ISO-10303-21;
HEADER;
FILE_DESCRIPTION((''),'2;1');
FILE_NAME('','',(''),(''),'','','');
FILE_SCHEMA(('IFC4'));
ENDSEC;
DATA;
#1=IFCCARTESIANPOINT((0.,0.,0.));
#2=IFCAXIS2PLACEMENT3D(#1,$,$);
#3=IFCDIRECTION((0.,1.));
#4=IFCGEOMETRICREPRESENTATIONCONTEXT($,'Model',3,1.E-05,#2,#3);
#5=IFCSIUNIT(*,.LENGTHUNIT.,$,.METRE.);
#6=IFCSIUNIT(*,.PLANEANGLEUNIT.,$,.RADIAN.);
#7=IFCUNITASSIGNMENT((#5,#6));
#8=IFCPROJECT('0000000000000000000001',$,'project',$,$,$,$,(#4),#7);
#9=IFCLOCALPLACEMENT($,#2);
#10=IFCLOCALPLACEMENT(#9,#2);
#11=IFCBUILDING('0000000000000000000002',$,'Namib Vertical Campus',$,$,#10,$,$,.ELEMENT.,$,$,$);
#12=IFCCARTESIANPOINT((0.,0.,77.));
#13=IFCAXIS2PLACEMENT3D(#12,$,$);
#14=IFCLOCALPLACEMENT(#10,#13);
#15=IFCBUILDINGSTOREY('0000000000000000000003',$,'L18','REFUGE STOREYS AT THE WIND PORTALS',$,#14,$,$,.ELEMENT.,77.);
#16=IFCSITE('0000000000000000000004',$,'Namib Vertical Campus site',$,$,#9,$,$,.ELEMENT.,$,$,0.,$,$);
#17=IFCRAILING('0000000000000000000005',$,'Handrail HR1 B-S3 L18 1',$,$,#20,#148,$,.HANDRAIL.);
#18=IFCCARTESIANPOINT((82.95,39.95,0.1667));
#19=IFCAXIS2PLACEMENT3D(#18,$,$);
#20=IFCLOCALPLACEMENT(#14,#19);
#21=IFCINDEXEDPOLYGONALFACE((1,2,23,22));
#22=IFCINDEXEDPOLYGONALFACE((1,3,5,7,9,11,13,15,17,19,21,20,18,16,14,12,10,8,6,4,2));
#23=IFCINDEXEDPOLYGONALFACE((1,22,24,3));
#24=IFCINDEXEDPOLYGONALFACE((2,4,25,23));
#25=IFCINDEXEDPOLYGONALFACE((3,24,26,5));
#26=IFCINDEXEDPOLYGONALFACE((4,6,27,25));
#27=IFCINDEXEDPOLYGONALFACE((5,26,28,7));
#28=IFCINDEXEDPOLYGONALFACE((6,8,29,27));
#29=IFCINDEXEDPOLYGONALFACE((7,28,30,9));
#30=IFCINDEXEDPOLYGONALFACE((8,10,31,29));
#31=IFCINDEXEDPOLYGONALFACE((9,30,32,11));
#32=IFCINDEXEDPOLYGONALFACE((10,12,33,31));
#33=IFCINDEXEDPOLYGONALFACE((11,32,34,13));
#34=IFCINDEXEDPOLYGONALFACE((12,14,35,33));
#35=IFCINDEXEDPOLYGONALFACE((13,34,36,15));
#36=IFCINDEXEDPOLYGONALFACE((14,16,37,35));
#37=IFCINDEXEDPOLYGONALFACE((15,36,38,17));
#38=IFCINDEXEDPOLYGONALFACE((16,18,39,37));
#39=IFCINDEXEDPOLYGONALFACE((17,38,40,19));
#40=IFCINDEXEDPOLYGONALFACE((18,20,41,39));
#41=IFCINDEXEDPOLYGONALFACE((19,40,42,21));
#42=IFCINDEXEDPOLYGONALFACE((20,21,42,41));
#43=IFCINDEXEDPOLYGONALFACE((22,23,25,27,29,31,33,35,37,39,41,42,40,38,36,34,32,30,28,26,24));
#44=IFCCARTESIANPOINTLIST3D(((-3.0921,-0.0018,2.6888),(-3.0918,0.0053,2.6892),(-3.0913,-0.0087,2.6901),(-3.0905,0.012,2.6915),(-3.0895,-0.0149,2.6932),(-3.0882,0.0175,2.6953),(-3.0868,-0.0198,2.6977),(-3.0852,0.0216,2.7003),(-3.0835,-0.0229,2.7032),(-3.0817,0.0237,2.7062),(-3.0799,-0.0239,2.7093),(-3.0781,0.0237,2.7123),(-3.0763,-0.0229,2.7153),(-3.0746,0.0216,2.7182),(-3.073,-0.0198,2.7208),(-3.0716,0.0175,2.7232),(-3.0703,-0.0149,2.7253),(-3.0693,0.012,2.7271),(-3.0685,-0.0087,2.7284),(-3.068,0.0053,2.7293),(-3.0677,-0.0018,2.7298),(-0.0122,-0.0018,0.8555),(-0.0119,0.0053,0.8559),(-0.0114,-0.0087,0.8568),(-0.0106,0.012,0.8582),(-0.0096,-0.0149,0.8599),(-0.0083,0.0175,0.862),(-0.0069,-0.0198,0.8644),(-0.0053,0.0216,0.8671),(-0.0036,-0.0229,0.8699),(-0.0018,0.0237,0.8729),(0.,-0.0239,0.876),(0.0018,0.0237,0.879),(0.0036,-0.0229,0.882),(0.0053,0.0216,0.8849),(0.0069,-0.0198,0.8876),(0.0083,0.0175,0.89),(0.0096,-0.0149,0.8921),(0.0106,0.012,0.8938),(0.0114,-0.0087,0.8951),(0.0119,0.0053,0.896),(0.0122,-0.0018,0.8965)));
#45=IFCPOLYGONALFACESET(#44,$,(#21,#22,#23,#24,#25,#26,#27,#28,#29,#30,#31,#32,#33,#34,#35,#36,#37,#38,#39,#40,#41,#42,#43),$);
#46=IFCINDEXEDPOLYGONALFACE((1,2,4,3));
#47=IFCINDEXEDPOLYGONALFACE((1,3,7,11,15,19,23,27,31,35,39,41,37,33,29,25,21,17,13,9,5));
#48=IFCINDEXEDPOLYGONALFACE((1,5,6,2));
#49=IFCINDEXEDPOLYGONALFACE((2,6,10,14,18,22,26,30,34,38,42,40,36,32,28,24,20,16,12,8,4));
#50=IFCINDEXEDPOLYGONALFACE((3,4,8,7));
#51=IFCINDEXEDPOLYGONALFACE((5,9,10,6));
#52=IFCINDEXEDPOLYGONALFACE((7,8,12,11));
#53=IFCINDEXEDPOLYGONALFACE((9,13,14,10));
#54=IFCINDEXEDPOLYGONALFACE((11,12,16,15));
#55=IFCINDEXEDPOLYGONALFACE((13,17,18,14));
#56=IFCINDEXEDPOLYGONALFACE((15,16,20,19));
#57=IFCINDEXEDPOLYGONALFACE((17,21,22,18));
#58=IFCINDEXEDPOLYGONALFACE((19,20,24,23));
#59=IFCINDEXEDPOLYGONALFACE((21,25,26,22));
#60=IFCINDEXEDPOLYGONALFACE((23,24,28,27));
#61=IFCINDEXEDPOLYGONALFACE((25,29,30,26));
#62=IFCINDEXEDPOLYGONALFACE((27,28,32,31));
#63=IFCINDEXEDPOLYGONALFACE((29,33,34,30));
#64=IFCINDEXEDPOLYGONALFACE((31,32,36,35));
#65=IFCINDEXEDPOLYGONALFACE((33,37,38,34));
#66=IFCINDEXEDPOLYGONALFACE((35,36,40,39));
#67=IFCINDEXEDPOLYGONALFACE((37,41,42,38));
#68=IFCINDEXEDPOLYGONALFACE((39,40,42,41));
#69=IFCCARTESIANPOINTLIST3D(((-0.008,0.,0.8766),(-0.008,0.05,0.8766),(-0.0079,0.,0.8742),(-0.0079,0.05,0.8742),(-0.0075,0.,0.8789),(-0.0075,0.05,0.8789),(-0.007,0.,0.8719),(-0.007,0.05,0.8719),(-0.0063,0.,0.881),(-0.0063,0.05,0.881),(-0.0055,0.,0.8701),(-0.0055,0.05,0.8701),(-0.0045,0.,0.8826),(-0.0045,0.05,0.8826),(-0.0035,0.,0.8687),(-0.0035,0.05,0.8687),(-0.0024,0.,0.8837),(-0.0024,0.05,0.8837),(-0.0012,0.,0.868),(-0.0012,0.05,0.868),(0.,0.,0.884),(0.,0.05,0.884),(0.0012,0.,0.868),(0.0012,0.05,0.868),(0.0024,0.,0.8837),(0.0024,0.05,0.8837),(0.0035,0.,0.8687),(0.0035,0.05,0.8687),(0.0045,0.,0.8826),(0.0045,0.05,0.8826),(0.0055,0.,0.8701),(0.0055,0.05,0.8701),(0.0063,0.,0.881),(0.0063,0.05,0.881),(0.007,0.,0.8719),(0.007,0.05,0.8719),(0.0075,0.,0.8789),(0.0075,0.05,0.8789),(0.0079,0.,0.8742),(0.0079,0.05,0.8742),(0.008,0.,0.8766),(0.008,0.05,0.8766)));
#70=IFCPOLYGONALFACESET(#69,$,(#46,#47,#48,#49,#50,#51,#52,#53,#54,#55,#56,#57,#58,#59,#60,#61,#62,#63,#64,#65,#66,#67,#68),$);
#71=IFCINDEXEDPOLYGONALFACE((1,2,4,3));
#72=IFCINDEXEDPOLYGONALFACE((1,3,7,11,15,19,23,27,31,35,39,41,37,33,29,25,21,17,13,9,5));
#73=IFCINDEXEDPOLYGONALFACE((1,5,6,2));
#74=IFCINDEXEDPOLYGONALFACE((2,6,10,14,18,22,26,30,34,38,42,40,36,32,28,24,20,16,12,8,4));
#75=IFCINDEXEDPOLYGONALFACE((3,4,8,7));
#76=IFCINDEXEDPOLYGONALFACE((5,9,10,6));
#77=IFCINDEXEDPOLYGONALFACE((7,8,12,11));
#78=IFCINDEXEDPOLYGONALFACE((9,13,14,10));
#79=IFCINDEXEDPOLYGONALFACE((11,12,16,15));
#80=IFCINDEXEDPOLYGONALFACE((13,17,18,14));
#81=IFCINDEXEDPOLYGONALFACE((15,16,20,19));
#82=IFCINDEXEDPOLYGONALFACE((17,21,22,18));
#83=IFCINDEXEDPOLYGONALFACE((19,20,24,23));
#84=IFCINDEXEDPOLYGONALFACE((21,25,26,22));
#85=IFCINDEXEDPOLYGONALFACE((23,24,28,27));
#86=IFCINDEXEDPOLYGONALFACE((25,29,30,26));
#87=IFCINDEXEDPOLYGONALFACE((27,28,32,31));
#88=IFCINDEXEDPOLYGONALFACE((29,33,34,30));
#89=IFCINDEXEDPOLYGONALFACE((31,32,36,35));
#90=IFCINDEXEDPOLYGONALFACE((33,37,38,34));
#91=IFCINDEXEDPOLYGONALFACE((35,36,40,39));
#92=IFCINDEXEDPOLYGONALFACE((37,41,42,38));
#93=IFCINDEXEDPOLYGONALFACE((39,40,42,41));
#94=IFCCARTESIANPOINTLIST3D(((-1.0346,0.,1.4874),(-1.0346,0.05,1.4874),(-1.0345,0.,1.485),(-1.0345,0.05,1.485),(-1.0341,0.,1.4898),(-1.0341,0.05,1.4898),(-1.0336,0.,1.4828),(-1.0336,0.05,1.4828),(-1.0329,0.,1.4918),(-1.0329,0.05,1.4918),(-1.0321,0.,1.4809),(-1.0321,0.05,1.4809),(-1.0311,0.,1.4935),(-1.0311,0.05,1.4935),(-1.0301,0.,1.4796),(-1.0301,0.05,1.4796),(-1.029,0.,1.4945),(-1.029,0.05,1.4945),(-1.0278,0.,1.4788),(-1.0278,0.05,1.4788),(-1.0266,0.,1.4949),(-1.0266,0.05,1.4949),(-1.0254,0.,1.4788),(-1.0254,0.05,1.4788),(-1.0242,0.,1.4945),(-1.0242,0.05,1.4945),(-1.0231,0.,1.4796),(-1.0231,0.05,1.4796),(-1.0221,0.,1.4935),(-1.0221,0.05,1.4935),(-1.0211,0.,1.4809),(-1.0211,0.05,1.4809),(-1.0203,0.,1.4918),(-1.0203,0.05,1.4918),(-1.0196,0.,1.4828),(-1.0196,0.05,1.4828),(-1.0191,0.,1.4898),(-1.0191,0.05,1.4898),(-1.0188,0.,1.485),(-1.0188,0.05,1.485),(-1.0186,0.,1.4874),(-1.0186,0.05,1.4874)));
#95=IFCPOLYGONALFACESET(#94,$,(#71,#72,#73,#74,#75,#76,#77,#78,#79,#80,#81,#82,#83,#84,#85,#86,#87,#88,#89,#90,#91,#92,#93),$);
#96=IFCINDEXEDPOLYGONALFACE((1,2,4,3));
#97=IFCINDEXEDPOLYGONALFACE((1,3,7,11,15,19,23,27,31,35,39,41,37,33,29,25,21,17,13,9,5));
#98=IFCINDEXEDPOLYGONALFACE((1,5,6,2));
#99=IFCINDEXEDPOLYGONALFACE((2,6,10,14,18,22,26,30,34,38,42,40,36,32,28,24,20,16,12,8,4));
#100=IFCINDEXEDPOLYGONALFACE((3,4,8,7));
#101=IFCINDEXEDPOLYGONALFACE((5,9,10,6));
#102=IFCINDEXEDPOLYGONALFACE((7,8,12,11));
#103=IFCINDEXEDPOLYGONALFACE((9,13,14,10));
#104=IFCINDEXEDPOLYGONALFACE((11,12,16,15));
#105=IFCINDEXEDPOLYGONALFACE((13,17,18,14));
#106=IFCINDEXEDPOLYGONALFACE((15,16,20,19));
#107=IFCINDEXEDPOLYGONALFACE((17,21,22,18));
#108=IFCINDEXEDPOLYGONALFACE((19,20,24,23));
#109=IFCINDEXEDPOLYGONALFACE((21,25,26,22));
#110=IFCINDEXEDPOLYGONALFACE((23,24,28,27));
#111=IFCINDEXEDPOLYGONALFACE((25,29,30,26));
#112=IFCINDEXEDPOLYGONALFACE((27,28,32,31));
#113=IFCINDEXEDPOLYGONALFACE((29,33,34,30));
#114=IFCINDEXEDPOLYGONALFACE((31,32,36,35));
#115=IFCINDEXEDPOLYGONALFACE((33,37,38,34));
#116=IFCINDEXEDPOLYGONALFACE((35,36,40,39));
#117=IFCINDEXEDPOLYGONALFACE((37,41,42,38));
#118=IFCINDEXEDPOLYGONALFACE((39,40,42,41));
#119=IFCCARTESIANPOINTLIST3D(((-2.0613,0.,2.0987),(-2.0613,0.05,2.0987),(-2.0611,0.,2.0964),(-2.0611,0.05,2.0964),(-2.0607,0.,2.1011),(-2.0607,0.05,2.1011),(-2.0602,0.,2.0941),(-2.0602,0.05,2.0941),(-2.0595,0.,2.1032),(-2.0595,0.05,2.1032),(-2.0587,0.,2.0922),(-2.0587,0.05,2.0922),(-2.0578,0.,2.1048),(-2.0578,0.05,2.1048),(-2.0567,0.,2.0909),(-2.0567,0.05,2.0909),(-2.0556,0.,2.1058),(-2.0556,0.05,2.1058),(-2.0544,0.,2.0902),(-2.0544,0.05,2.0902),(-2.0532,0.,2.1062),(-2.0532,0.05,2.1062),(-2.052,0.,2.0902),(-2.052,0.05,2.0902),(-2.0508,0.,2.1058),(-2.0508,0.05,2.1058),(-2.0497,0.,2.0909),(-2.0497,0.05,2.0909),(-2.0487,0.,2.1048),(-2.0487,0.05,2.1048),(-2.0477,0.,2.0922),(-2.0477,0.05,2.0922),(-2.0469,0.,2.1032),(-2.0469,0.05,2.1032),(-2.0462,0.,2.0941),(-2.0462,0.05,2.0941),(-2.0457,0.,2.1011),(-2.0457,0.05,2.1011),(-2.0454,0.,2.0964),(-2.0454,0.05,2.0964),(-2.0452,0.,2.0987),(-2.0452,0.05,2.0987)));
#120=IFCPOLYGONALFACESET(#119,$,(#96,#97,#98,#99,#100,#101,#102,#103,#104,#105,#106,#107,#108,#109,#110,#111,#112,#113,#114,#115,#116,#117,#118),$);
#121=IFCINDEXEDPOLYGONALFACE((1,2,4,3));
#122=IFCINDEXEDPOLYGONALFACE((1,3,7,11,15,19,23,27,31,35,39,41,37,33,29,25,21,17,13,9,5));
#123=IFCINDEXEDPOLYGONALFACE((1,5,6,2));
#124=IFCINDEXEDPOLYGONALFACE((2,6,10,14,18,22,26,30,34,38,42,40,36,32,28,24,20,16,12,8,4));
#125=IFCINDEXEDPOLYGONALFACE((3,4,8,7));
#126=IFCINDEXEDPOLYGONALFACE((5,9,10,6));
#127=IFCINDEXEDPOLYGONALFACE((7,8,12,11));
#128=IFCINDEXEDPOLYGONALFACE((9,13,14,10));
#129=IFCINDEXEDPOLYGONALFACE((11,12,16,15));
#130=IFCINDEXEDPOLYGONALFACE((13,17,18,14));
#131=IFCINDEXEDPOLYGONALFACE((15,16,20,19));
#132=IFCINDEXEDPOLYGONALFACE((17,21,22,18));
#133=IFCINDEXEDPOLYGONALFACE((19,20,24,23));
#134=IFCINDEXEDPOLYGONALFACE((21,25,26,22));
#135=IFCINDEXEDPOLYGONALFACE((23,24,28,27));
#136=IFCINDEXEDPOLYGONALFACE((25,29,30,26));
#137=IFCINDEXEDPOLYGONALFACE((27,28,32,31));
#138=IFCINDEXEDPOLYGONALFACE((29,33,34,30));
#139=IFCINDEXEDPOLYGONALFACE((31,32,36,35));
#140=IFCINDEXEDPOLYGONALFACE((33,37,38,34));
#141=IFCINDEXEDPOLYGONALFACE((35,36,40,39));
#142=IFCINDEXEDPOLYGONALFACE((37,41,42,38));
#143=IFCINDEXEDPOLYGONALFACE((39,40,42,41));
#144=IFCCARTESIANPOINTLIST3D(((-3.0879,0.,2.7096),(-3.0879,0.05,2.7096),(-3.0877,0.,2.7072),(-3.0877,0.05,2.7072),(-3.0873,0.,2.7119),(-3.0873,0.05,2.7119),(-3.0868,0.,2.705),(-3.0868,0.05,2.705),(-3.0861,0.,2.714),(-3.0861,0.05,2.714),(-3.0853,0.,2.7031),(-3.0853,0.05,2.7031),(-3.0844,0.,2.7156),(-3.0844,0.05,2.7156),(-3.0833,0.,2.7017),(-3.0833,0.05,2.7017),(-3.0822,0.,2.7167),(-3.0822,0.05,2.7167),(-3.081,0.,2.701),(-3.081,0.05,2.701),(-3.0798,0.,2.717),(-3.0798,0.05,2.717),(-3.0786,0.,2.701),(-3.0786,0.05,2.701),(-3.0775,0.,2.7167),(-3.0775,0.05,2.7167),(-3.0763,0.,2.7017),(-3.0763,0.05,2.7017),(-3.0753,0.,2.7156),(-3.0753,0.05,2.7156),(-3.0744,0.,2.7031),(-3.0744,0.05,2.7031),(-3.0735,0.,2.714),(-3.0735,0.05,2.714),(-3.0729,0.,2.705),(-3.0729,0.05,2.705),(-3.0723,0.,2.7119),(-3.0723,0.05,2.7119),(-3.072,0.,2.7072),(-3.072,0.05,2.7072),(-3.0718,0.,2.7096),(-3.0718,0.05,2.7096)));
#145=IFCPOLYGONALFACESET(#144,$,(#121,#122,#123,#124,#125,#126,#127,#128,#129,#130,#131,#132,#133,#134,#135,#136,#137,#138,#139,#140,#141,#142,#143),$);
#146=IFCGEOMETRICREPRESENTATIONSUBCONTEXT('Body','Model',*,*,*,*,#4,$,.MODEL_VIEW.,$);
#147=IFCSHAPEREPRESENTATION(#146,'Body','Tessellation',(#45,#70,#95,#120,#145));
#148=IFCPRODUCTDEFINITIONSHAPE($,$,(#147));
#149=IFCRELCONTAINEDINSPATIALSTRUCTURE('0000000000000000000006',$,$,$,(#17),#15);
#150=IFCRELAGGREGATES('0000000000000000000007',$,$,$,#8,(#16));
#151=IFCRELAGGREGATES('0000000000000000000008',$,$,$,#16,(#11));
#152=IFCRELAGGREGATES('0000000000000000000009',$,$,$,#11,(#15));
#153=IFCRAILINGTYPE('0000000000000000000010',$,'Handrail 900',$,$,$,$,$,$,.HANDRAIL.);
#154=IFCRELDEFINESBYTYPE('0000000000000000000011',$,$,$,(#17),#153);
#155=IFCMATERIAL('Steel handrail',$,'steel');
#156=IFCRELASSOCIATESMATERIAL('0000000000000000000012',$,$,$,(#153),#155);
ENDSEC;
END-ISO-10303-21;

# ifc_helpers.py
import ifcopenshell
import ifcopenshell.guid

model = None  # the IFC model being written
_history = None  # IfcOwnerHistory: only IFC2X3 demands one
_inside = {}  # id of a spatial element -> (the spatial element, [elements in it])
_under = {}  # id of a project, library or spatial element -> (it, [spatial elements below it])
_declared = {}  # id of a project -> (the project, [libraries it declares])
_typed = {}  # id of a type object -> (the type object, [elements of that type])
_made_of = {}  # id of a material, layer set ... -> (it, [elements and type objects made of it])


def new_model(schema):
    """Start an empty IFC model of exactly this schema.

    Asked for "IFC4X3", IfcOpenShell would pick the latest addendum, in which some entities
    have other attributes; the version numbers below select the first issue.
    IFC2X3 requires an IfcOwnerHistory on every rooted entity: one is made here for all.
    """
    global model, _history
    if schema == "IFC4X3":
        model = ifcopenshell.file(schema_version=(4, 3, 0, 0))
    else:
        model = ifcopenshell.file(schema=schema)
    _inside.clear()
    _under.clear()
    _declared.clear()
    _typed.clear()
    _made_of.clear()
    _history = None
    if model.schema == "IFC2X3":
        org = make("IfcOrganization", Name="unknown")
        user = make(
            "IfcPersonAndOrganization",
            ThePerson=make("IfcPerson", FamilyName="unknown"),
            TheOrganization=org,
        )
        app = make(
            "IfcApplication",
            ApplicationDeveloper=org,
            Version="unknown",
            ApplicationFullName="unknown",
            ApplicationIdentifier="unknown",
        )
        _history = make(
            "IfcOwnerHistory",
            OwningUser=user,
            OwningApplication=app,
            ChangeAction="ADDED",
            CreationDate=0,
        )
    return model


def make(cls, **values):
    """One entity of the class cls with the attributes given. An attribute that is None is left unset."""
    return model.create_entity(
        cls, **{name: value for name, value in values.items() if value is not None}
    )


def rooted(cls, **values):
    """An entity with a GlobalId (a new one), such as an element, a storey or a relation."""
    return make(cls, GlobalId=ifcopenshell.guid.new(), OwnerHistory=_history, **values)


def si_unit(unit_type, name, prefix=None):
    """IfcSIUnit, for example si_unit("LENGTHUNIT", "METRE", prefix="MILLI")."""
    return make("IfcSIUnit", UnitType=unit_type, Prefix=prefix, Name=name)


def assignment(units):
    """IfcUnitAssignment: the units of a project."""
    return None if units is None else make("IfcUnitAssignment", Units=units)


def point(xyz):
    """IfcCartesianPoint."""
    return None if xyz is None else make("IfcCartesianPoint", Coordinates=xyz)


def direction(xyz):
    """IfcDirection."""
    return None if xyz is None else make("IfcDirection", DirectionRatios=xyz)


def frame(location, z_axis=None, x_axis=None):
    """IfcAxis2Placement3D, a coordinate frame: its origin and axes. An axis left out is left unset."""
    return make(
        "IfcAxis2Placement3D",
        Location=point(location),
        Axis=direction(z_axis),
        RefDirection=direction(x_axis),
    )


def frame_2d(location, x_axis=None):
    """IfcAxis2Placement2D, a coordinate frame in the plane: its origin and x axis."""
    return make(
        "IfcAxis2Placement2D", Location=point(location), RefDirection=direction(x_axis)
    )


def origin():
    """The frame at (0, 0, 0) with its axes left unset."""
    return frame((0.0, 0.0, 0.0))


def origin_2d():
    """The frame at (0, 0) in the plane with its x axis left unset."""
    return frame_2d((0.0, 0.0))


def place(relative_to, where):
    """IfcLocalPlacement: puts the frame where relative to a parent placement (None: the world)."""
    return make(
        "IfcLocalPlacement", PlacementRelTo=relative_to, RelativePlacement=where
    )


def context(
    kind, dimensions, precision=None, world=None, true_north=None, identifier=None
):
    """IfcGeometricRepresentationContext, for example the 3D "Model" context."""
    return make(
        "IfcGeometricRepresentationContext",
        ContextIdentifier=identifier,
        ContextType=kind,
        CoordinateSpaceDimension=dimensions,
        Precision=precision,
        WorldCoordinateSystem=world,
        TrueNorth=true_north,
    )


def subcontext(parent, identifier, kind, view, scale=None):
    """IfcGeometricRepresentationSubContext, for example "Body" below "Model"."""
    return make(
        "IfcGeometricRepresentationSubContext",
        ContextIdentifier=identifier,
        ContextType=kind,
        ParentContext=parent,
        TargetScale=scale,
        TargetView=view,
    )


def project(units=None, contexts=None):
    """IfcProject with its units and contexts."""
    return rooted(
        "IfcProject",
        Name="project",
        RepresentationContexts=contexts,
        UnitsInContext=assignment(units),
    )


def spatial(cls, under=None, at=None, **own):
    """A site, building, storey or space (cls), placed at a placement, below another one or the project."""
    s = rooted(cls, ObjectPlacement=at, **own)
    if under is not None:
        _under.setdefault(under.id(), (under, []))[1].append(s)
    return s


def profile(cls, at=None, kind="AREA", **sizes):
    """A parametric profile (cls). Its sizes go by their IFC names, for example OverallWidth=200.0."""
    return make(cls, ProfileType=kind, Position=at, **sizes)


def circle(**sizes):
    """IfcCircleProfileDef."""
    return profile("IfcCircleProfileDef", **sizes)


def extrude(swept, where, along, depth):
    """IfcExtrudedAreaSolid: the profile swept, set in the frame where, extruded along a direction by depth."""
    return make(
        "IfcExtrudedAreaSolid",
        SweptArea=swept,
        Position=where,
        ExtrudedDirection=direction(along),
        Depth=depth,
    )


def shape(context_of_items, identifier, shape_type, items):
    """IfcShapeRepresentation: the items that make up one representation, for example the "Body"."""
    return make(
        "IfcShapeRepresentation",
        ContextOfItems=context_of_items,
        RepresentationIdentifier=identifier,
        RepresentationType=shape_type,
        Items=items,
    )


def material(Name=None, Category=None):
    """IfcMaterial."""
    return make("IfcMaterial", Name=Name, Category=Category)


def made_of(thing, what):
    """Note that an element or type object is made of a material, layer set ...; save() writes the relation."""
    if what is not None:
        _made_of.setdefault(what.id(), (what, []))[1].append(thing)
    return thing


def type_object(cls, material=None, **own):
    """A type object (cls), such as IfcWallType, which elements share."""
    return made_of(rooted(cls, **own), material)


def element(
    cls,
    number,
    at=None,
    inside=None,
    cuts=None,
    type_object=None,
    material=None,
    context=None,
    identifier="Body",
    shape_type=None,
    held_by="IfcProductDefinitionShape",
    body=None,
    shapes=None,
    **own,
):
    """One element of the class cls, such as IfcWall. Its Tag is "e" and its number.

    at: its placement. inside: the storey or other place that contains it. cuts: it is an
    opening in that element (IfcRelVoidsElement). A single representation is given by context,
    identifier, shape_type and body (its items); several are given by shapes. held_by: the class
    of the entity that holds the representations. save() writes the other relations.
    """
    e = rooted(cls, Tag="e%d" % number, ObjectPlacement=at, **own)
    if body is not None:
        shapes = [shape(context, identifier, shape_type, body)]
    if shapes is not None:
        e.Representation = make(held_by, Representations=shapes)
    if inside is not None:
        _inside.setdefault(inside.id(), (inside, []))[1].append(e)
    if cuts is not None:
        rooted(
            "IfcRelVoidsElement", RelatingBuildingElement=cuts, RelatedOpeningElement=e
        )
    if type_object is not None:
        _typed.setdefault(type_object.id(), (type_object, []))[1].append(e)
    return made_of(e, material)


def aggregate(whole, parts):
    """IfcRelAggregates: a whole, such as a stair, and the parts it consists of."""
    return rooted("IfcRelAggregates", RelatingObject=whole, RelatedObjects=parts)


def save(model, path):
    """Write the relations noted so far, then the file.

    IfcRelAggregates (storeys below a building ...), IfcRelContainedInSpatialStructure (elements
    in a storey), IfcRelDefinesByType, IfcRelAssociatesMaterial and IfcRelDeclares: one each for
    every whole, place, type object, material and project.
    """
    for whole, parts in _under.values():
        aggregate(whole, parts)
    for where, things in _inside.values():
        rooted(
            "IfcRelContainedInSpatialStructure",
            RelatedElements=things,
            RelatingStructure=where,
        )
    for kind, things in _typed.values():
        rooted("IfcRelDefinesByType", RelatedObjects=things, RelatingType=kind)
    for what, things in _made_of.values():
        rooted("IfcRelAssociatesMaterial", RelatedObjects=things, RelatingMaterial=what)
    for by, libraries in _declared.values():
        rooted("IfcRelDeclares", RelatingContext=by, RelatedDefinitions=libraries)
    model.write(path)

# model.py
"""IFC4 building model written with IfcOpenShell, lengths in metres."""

from ifc_helpers import new_model, si_unit, direction, frame, origin, origin_2d, place, context, subcontext, project, spatial, circle, extrude, material, type_object, element, save


model = new_model("IFC4")

# Units and contexts
model_context = context("Model", 3, precision=1e-05, world=origin(), true_north=direction((0.0, 1.0)))
body_context = subcontext(model_context, "Body", "Model", "MODEL_VIEW")
ifc_project = project(units=[si_unit("LENGTHUNIT", "METRE"), si_unit("PLANEANGLEUNIT", "RADIAN")], contexts=[model_context])

# Site, building, storey
site_placement = place(None, origin())
site = spatial("IfcSite", under=ifc_project, at=site_placement, Name="Namib Vertical Campus site", CompositionType="ELEMENT", RefElevation=0.0)
building_placement = place(site_placement, origin())
building = spatial("IfcBuilding", under=site, at=building_placement, Name="Namib Vertical Campus", CompositionType="ELEMENT")
storey_placement = place(building_placement, frame((0.0, 0.0, 77.0)))
storey = spatial("IfcBuildingStorey", under=building, at=storey_placement, Name="L18", Description="REFUGE STOREYS AT THE WIND PORTALS", CompositionType="ELEMENT", Elevation=77.0)

# Railing
ifc_material_1 = material(Name="Steel handrail", Category="steel")
railing_type_1 = type_object("IfcRailingType", Name="Handrail 900", PredefinedType="HANDRAIL", material=ifc_material_1)
railing_1_placement = place(storey_placement, frame((82.95, 39.95, 0.1667)))
element("IfcRailing", 1, at=railing_1_placement, inside=storey, type_object=railing_type_1, Name="Handrail HR1 B-S3 L18 1", PredefinedType="HANDRAIL", context=body_context, shape_type="SweptSolid", body=[
    extrude(circle(Radius=0.0239, at=origin_2d()), frame((0.0, 0.0, 0.876), z_axis=(-0.859291, 0.0, 0.511487), x_axis=(0.0, -1.0, 0.0)), (0.0, 0.0, 1.0), 3.5842),
    extrude(circle(Radius=0.0081, at=origin_2d()), frame((0.0, 0.0, 0.876), z_axis=(0.0, 1.0, 0.0), x_axis=(0.0, 0.0, 1.0)), (0.0, 0.0, 1.0), 0.05),
    extrude(circle(Radius=0.0081, at=origin_2d()), frame((-1.0266, 0.0, 1.4868), z_axis=(0.0, 1.0, 0.0), x_axis=(0.0, 0.0, 1.0)), (0.0, 0.0, 1.0), 0.05),
    extrude(circle(Radius=0.0081, at=origin_2d()), frame((-2.0532, 0.0, 2.0981), z_axis=(0.0, 1.0, 0.0), x_axis=(0.0, 0.0, 1.0)), (0.0, 0.0, 1.0), 0.05),
    extrude(circle(Radius=0.0081, at=origin_2d()), frame((-3.0798, 0.0, 2.709), z_axis=(0.0, 1.0, 0.0), x_axis=(0.0, 0.0, 1.0)), (0.0, 0.0, 1.0), 0.05),
])

save(model, "model.ifc")
